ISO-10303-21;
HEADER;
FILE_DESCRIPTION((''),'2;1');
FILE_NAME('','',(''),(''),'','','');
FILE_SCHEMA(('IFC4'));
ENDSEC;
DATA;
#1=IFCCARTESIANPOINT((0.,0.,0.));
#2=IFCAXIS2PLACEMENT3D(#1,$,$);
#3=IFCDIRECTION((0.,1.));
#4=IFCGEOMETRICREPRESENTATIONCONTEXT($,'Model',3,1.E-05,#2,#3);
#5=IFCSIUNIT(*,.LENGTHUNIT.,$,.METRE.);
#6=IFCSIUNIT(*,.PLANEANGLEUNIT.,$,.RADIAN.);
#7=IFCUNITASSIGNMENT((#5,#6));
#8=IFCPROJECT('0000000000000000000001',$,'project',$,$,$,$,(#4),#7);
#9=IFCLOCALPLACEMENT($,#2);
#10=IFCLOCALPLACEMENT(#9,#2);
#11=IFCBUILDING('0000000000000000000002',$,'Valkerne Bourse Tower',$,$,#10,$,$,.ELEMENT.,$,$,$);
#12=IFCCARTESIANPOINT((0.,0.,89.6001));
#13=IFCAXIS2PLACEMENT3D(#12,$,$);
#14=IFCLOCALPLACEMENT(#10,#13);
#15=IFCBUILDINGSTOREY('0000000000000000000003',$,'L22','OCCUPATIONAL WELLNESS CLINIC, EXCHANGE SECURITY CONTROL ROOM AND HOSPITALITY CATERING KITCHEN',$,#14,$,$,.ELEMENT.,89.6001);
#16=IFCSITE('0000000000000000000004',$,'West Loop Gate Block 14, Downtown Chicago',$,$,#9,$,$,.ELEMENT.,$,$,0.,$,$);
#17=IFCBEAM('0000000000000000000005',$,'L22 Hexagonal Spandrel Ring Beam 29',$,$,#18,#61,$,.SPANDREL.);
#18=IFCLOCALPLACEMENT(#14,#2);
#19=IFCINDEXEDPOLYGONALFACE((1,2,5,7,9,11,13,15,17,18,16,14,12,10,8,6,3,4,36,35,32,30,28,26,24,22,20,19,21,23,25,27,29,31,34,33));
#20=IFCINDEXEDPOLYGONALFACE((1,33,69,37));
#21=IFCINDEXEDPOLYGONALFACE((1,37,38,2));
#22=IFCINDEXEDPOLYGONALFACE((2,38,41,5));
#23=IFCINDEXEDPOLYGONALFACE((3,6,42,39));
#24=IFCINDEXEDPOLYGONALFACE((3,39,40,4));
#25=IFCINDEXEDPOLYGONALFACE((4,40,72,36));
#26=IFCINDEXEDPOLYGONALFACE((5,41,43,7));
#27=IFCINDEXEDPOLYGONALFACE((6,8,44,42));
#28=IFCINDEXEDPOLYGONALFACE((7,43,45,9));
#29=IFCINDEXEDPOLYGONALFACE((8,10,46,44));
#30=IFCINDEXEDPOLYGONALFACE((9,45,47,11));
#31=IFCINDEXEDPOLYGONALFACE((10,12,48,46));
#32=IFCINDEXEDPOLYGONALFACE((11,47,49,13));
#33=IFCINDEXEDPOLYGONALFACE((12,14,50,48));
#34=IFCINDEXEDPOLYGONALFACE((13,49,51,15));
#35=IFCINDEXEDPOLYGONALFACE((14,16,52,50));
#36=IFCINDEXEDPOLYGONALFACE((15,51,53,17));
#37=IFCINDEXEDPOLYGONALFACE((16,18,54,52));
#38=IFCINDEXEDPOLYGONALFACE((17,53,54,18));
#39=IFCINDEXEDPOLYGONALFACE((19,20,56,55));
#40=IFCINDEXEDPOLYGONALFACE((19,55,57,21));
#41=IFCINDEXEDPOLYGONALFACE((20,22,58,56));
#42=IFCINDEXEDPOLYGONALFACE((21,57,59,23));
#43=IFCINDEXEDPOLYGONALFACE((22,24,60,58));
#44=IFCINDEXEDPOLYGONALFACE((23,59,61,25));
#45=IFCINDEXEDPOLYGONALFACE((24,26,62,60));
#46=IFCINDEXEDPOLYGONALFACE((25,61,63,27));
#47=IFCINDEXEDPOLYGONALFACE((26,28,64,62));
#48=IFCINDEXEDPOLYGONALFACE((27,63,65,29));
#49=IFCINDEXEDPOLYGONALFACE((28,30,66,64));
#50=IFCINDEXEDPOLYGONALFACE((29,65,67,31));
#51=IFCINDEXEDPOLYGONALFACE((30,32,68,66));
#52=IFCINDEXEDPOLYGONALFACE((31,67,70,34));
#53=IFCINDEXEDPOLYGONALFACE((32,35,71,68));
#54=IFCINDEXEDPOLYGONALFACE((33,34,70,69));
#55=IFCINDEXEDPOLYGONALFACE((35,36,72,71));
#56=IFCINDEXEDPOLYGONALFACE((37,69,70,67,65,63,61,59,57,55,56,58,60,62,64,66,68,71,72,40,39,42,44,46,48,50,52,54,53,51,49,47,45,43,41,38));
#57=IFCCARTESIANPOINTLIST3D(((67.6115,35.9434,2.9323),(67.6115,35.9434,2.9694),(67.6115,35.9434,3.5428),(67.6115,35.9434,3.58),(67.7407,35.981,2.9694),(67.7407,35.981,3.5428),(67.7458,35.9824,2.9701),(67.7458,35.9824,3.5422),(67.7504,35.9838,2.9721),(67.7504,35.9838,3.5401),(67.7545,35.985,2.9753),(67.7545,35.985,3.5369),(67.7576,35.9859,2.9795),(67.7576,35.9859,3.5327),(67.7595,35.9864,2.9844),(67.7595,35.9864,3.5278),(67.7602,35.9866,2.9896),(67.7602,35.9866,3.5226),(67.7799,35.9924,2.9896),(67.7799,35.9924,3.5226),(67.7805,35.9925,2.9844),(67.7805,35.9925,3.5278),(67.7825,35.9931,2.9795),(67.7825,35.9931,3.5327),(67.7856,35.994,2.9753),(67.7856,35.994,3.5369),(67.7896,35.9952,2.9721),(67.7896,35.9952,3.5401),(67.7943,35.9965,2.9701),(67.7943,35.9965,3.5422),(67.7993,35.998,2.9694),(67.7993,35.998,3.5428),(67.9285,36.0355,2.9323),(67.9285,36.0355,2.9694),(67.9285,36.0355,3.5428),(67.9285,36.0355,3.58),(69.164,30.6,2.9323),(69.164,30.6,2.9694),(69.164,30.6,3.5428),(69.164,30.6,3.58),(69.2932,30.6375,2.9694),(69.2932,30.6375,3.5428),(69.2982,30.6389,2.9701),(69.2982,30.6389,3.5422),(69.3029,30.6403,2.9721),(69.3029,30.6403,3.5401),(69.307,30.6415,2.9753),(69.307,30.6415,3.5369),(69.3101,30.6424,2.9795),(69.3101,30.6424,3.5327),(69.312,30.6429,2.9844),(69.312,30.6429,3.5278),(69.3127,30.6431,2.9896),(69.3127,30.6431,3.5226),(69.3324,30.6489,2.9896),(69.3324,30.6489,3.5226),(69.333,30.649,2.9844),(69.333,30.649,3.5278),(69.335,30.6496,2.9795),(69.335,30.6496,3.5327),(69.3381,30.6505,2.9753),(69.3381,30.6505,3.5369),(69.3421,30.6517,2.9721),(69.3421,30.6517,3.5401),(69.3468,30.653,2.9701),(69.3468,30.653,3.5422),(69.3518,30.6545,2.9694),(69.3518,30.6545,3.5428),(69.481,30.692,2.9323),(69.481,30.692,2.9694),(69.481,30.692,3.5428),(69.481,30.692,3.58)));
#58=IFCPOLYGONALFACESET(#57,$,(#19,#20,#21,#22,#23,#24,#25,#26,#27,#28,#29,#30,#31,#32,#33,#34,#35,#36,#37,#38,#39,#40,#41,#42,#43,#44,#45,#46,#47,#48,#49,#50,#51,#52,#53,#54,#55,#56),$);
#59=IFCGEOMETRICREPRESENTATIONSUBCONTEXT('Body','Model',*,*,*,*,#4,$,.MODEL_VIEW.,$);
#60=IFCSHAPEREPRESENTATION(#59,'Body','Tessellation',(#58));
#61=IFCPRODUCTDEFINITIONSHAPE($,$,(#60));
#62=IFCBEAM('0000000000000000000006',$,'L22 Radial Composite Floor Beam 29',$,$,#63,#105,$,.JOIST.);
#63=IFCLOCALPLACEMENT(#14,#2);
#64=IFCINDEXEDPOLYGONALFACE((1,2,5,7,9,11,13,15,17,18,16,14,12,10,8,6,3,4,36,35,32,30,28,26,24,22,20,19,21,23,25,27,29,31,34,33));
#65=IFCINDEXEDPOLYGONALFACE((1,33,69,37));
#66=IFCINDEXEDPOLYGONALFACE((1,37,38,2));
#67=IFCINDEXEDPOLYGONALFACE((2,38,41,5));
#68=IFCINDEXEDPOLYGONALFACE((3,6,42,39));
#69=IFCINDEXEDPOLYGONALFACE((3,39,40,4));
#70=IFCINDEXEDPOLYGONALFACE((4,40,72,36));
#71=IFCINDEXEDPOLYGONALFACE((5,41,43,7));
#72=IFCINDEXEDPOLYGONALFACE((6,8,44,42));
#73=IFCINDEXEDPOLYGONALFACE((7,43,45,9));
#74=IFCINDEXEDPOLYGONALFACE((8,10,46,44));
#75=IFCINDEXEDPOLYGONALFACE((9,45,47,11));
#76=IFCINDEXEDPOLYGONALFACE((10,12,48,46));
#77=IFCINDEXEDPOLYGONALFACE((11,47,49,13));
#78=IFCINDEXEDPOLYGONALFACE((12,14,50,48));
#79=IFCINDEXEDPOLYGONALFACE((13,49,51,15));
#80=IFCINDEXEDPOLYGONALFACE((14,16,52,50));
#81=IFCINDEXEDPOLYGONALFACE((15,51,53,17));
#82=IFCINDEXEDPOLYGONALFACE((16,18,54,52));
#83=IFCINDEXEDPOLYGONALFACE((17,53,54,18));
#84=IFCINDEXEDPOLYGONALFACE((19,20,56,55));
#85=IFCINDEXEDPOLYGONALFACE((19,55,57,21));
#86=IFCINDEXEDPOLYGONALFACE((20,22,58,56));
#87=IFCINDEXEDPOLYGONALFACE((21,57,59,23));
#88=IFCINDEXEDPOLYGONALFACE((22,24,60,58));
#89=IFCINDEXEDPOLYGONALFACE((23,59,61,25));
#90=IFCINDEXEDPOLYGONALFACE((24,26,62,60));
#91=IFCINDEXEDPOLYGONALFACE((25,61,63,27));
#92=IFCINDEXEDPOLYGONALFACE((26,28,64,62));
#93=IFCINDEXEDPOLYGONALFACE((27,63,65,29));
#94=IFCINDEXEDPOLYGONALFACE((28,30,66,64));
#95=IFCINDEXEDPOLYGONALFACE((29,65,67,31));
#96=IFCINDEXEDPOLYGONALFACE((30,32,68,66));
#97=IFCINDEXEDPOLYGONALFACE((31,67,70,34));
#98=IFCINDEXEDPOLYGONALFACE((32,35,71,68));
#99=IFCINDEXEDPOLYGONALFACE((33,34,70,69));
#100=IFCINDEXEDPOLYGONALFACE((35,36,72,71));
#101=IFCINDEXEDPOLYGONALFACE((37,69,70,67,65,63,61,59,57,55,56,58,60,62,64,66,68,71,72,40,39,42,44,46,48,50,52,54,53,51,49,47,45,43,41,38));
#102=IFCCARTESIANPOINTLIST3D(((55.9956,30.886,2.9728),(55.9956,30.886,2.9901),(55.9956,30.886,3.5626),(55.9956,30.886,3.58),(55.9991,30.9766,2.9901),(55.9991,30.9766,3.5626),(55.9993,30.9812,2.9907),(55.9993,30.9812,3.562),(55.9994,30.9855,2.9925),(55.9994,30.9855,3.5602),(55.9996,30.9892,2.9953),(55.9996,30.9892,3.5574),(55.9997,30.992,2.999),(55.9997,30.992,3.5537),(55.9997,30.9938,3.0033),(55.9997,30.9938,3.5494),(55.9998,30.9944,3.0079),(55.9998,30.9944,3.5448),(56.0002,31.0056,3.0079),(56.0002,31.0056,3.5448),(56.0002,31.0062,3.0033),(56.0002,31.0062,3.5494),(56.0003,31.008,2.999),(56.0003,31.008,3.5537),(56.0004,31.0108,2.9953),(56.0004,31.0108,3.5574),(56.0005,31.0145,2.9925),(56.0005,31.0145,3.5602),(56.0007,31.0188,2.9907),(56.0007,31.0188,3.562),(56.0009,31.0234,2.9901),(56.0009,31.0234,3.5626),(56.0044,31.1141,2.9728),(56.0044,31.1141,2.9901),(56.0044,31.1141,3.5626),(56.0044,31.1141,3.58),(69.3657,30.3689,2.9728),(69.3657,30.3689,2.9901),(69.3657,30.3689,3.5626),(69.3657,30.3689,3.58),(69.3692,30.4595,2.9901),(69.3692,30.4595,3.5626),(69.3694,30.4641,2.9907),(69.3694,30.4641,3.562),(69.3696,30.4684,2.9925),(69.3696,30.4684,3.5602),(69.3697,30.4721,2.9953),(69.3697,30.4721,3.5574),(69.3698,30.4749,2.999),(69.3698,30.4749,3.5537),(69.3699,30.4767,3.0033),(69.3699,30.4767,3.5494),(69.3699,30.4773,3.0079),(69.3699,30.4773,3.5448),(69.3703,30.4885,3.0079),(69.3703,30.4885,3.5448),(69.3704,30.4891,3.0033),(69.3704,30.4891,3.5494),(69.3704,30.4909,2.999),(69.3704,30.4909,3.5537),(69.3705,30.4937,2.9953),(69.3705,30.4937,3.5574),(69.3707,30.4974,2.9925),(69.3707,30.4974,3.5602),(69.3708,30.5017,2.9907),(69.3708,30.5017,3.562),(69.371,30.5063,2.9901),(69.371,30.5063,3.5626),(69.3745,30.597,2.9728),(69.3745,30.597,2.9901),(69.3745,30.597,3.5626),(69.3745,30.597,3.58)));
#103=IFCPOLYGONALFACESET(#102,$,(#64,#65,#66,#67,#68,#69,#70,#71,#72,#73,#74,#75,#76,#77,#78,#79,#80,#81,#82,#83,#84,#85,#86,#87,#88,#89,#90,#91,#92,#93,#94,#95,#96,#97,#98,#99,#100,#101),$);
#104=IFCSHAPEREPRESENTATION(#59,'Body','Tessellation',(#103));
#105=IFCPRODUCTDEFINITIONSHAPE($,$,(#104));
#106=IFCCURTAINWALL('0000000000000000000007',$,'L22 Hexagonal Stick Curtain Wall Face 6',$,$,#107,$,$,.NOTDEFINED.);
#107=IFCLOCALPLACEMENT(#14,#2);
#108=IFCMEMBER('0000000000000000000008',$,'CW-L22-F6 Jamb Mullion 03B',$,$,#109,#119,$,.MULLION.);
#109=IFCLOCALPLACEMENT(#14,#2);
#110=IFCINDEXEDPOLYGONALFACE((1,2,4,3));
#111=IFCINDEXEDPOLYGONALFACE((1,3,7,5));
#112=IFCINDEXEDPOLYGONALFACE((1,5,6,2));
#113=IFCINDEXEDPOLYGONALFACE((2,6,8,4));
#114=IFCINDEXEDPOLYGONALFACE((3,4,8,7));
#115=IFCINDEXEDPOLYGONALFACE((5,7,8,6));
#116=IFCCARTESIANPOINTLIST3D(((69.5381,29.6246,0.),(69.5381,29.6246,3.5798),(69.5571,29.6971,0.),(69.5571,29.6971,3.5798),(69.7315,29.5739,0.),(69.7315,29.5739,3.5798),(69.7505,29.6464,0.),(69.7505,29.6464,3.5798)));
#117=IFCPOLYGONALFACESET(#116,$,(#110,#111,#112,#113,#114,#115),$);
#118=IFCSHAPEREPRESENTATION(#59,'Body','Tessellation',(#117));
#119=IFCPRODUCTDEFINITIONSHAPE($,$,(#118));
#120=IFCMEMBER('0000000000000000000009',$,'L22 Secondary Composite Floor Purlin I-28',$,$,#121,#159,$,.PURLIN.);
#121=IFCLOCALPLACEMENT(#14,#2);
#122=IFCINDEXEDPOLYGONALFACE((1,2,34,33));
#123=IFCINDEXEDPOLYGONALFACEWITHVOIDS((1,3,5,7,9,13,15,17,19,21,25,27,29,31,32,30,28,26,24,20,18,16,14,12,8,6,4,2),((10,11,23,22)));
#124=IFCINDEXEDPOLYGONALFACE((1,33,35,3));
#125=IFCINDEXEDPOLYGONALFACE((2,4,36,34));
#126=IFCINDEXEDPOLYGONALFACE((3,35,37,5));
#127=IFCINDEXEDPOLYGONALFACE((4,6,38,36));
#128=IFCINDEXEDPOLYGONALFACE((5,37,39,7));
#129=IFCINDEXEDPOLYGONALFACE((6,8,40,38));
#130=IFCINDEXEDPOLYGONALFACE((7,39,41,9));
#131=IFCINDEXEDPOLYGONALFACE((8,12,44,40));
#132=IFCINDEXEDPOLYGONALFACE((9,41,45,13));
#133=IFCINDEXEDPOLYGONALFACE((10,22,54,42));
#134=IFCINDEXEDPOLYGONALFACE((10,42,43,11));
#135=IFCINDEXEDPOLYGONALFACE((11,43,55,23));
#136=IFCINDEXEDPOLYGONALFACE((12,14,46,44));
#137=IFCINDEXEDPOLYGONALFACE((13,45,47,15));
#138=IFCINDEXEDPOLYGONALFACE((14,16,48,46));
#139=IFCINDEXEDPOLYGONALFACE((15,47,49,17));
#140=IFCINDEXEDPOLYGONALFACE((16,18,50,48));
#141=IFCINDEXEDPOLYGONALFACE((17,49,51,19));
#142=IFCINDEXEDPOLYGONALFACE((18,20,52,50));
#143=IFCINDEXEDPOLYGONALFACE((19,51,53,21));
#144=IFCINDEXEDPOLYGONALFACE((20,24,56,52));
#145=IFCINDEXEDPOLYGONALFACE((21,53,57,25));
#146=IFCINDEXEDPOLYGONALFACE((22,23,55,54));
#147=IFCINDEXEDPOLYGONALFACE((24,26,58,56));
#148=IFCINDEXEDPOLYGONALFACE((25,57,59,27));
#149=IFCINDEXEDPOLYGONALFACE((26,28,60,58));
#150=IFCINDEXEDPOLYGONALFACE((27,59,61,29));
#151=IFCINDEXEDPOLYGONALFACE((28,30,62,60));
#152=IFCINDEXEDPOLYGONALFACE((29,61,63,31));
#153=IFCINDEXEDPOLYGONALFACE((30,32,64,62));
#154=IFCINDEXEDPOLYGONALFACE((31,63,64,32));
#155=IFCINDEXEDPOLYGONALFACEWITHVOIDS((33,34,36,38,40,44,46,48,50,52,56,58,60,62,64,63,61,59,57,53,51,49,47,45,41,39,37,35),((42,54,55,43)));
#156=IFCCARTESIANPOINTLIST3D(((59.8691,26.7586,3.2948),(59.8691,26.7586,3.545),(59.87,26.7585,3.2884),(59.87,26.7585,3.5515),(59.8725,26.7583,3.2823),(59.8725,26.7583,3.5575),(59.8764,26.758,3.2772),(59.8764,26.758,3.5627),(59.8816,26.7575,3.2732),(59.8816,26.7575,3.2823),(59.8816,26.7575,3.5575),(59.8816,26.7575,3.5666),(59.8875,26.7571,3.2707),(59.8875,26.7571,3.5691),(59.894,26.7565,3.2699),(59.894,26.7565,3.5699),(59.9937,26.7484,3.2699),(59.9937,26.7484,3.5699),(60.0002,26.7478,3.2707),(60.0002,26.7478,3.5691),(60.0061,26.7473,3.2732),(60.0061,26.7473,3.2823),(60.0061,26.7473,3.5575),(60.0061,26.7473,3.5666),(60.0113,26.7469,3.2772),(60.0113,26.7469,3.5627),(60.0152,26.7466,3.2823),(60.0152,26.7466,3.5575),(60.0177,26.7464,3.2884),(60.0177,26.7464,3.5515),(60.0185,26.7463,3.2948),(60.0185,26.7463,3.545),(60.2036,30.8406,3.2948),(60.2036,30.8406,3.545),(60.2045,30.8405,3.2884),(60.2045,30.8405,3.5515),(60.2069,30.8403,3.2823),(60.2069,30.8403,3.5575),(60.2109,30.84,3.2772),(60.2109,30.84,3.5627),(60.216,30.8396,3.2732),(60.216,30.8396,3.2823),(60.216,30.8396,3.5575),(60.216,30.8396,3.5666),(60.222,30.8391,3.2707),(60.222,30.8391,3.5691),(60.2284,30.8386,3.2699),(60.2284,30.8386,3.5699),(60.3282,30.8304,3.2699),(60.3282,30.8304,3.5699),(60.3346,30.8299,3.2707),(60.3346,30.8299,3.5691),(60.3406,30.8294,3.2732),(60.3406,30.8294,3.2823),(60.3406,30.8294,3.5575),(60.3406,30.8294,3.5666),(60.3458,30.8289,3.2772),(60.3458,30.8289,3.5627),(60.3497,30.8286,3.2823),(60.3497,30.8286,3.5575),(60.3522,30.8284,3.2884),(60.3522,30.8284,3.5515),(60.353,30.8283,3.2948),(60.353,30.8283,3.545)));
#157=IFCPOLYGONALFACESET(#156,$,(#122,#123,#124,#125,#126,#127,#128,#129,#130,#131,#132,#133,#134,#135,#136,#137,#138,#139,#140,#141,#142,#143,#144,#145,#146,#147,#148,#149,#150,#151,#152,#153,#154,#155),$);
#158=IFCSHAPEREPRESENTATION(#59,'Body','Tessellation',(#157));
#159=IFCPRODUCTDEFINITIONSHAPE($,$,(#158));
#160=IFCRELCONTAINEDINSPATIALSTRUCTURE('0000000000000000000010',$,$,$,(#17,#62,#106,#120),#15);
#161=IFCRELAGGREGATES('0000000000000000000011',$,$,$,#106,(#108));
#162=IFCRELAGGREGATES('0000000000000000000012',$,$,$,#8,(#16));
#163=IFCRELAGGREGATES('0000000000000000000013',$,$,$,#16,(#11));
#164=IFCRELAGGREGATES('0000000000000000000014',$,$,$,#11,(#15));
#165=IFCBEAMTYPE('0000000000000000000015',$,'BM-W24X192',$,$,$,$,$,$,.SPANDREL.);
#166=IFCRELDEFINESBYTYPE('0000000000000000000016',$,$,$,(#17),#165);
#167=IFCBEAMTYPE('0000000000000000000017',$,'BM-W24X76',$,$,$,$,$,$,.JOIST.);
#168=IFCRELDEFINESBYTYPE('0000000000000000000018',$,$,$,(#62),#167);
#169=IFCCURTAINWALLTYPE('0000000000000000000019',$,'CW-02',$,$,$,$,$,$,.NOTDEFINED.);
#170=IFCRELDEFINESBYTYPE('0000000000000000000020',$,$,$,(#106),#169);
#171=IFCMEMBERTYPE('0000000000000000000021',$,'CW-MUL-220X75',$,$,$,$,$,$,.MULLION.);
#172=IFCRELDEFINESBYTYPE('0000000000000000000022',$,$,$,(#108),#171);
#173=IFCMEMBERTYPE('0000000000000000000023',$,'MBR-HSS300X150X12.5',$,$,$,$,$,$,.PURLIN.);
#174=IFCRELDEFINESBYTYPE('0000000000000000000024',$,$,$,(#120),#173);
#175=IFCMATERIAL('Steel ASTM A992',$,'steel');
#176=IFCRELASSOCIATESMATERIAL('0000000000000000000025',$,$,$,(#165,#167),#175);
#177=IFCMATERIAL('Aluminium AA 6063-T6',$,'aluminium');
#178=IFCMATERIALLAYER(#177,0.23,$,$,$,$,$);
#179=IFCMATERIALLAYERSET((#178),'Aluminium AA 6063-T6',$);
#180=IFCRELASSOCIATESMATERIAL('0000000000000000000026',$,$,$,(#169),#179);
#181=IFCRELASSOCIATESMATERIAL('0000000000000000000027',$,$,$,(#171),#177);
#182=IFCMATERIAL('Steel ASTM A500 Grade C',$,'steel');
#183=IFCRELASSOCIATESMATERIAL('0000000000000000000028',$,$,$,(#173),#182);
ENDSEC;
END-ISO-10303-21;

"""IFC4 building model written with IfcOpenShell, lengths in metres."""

from ifc_helpers import new_model, si_unit, direction, frame, origin, origin_2d, place, context, subcontext, project, spatial, rectangle, hollow_rectangle, i_section, extrude, material, layer, layer_set, material_profile, profile_set, type_object, element, aggregate, save


model = new_model("IFC4")

# Units and contexts
model_context = context("Model", 3, precision=1e-05, world=origin(), true_north=direction((0.0, 1.0)))
body_context = subcontext(model_context, "Body", "Model", "MODEL_VIEW")
ifc_project = project(units=[si_unit("LENGTHUNIT", "METRE"), si_unit("PLANEANGLEUNIT", "RADIAN")], contexts=[model_context])

# Site, building, storey
site_placement = place(None, origin())
site = spatial("IfcSite", under=ifc_project, at=site_placement, Name="West Loop Gate Block 14, Downtown Chicago", CompositionType="ELEMENT", RefElevation=0.0)
building_placement = place(site_placement, origin())
building = spatial("IfcBuilding", under=site, at=building_placement, Name="Valkerne Bourse Tower", CompositionType="ELEMENT")
storey_placement = place(building_placement, frame((0.0, 0.0, 89.6001)))
storey = spatial("IfcBuildingStorey", under=building, at=storey_placement, Name="L22", Description="OCCUPATIONAL WELLNESS CLINIC, EXCHANGE SECURITY CONTROL ROOM AND HOSPITALITY CATERING KITCHEN", CompositionType="ELEMENT", Elevation=89.6001)

# Beams
ifc_material_1 = material(Name="Steel ASTM A992", Category="steel")
ifc_material_profile_1 = material_profile(ifc_material_1, i_section(OverallWidth=0.3301, OverallDepth=0.6477, WebThickness=0.0205, FlangeThickness=0.0371, FilletRadius=0.0203, at=origin_2d()), Name="W24X192")
ifc_profile_set_1 = profile_set([ifc_material_profile_1], Name="Steel ASTM A992")
beam_type_1 = type_object("IfcBeamType", Name="BM-W24X192", PredefinedType="SPANDREL", material=ifc_profile_set_1)
beam_1_placement = place(storey_placement, frame((69.3225, 30.646, 3.2561), z_axis=(-0.279001, 0.960291, 0.0), x_axis=(-0.960291, -0.279001, 0.0)))
element("IfcBeam", 1, at=beam_1_placement, inside=storey, type_object=beam_type_1, Name="L22 Hexagonal Spandrel Ring Beam 29", PredefinedType="SPANDREL", context=body_context, shape_type="SweptSolid", body=[
    extrude(i_section(OverallWidth=0.3301, OverallDepth=0.6477, WebThickness=0.0205, FlangeThickness=0.0371, FilletRadius=0.0203, at=origin_2d()), origin(), (0.0, 0.0, 1.0), 5.5645),
])
ifc_material_profile_2 = material_profile(ifc_material_1, i_section(OverallWidth=0.2283, OverallDepth=0.6072, WebThickness=0.0112, FlangeThickness=0.0173, FilletRadius=0.0178, at=origin_2d()), Name="W24X76")
ifc_profile_set_2 = profile_set([ifc_material_profile_2], Name="Steel ASTM A992")
beam_type_2 = type_object("IfcBeamType", Name="BM-W24X76", PredefinedType="JOIST", material=ifc_profile_set_2)
beam_2_placement = place(storey_placement, frame((69.3701, 30.4829, 3.2764), z_axis=(-0.999253, 0.038646, 0.0), x_axis=(-0.038646, -0.999253, 0.0)))
element("IfcBeam", 2, at=beam_2_placement, inside=storey, type_object=beam_type_2, Name="L22 Radial Composite Floor Beam 29", PredefinedType="JOIST", context=body_context, shape_type="SweptSolid", body=[
    extrude(i_section(OverallWidth=0.2283, OverallDepth=0.6072, WebThickness=0.0112, FlangeThickness=0.0173, FilletRadius=0.0178, at=origin_2d()), origin(), (0.0, 0.0, 1.0), 13.3801),
])

# Curtain wall, member
ifc_material_2 = material(Name="Aluminium AA 6063-T6", Category="aluminium")
ifc_layer_1 = layer(ifc_material_2, 0.23)
ifc_layer_set_1 = layer_set([ifc_layer_1], Name="Aluminium AA 6063-T6")
curtain_wall_type = type_object("IfcCurtainWallType", Name="CW-02", PredefinedType="NOTDEFINED", material=ifc_layer_set_1)
curtain_wall_placement = place(storey_placement, origin())
curtain_wall = element("IfcCurtainWall", 3, at=curtain_wall_placement, inside=storey, type_object=curtain_wall_type, Name="L22 Hexagonal Stick Curtain Wall Face 6", PredefinedType="NOTDEFINED")
ifc_material_profile_3 = material_profile(ifc_material_2, rectangle(XDim=0.075, YDim=0.2, at=origin_2d()), Name="CWM-75X200")
ifc_profile_set_3 = profile_set([ifc_material_profile_3], Name="Aluminium AA 6063-T6")
member_type_1 = type_object("IfcMemberType", Name="CW-MUL-220X75", PredefinedType="MULLION", material=ifc_profile_set_3)
member_1_placement = place(storey_placement, frame((69.6443, 29.6355, 0.0), z_axis=(0.0, 0.0, 1.0), x_axis=(0.253755, 0.967268, 0.0)))
member_1 = element("IfcMember", 4, at=member_1_placement, type_object=member_type_1, Name="CW-L22-F6 Jamb Mullion 03B", PredefinedType="MULLION", context=body_context, shape_type="SweptSolid", body=[
    extrude(rectangle(XDim=0.075, YDim=0.2, at=origin_2d()), origin(), (0.0, 0.0, 1.0), 3.5798),
])

# Member
ifc_material_3 = material(Name="Steel ASTM A500 Grade C", Category="steel")
ifc_material_profile_4 = material_profile(ifc_material_3, hollow_rectangle(XDim=0.1499, YDim=0.3, WallThickness=0.0125, OuterFilletRadius=0.0249, at=origin_2d()), Name="HSS300X150X12.5")
ifc_profile_set_4 = profile_set([ifc_material_profile_4], Name="Steel ASTM A500 Grade C")
member_type_2 = type_object("IfcMemberType", Name="MBR-HSS300X150X12.5", PredefinedType="PURLIN", material=ifc_profile_set_4)
member_2_placement = place(storey_placement, frame((59.9438, 26.7524, 3.4199), z_axis=(0.081664, 0.99666, 0.0), x_axis=(-0.99666, 0.081664, 0.0)))
element("IfcMember", 5, at=member_2_placement, inside=storey, type_object=member_type_2, Name="L22 Secondary Composite Floor Purlin I-28", PredefinedType="PURLIN", context=body_context, shape_type="SweptSolid", body=[
    extrude(hollow_rectangle(XDim=0.1499, YDim=0.3, WallThickness=0.0125, OuterFilletRadius=0.0249, at=origin_2d()), origin(), (0.0, 0.0, 1.0), 4.0957),
])

aggregate(curtain_wall, [member_1])

save(model, "model.ifc")
